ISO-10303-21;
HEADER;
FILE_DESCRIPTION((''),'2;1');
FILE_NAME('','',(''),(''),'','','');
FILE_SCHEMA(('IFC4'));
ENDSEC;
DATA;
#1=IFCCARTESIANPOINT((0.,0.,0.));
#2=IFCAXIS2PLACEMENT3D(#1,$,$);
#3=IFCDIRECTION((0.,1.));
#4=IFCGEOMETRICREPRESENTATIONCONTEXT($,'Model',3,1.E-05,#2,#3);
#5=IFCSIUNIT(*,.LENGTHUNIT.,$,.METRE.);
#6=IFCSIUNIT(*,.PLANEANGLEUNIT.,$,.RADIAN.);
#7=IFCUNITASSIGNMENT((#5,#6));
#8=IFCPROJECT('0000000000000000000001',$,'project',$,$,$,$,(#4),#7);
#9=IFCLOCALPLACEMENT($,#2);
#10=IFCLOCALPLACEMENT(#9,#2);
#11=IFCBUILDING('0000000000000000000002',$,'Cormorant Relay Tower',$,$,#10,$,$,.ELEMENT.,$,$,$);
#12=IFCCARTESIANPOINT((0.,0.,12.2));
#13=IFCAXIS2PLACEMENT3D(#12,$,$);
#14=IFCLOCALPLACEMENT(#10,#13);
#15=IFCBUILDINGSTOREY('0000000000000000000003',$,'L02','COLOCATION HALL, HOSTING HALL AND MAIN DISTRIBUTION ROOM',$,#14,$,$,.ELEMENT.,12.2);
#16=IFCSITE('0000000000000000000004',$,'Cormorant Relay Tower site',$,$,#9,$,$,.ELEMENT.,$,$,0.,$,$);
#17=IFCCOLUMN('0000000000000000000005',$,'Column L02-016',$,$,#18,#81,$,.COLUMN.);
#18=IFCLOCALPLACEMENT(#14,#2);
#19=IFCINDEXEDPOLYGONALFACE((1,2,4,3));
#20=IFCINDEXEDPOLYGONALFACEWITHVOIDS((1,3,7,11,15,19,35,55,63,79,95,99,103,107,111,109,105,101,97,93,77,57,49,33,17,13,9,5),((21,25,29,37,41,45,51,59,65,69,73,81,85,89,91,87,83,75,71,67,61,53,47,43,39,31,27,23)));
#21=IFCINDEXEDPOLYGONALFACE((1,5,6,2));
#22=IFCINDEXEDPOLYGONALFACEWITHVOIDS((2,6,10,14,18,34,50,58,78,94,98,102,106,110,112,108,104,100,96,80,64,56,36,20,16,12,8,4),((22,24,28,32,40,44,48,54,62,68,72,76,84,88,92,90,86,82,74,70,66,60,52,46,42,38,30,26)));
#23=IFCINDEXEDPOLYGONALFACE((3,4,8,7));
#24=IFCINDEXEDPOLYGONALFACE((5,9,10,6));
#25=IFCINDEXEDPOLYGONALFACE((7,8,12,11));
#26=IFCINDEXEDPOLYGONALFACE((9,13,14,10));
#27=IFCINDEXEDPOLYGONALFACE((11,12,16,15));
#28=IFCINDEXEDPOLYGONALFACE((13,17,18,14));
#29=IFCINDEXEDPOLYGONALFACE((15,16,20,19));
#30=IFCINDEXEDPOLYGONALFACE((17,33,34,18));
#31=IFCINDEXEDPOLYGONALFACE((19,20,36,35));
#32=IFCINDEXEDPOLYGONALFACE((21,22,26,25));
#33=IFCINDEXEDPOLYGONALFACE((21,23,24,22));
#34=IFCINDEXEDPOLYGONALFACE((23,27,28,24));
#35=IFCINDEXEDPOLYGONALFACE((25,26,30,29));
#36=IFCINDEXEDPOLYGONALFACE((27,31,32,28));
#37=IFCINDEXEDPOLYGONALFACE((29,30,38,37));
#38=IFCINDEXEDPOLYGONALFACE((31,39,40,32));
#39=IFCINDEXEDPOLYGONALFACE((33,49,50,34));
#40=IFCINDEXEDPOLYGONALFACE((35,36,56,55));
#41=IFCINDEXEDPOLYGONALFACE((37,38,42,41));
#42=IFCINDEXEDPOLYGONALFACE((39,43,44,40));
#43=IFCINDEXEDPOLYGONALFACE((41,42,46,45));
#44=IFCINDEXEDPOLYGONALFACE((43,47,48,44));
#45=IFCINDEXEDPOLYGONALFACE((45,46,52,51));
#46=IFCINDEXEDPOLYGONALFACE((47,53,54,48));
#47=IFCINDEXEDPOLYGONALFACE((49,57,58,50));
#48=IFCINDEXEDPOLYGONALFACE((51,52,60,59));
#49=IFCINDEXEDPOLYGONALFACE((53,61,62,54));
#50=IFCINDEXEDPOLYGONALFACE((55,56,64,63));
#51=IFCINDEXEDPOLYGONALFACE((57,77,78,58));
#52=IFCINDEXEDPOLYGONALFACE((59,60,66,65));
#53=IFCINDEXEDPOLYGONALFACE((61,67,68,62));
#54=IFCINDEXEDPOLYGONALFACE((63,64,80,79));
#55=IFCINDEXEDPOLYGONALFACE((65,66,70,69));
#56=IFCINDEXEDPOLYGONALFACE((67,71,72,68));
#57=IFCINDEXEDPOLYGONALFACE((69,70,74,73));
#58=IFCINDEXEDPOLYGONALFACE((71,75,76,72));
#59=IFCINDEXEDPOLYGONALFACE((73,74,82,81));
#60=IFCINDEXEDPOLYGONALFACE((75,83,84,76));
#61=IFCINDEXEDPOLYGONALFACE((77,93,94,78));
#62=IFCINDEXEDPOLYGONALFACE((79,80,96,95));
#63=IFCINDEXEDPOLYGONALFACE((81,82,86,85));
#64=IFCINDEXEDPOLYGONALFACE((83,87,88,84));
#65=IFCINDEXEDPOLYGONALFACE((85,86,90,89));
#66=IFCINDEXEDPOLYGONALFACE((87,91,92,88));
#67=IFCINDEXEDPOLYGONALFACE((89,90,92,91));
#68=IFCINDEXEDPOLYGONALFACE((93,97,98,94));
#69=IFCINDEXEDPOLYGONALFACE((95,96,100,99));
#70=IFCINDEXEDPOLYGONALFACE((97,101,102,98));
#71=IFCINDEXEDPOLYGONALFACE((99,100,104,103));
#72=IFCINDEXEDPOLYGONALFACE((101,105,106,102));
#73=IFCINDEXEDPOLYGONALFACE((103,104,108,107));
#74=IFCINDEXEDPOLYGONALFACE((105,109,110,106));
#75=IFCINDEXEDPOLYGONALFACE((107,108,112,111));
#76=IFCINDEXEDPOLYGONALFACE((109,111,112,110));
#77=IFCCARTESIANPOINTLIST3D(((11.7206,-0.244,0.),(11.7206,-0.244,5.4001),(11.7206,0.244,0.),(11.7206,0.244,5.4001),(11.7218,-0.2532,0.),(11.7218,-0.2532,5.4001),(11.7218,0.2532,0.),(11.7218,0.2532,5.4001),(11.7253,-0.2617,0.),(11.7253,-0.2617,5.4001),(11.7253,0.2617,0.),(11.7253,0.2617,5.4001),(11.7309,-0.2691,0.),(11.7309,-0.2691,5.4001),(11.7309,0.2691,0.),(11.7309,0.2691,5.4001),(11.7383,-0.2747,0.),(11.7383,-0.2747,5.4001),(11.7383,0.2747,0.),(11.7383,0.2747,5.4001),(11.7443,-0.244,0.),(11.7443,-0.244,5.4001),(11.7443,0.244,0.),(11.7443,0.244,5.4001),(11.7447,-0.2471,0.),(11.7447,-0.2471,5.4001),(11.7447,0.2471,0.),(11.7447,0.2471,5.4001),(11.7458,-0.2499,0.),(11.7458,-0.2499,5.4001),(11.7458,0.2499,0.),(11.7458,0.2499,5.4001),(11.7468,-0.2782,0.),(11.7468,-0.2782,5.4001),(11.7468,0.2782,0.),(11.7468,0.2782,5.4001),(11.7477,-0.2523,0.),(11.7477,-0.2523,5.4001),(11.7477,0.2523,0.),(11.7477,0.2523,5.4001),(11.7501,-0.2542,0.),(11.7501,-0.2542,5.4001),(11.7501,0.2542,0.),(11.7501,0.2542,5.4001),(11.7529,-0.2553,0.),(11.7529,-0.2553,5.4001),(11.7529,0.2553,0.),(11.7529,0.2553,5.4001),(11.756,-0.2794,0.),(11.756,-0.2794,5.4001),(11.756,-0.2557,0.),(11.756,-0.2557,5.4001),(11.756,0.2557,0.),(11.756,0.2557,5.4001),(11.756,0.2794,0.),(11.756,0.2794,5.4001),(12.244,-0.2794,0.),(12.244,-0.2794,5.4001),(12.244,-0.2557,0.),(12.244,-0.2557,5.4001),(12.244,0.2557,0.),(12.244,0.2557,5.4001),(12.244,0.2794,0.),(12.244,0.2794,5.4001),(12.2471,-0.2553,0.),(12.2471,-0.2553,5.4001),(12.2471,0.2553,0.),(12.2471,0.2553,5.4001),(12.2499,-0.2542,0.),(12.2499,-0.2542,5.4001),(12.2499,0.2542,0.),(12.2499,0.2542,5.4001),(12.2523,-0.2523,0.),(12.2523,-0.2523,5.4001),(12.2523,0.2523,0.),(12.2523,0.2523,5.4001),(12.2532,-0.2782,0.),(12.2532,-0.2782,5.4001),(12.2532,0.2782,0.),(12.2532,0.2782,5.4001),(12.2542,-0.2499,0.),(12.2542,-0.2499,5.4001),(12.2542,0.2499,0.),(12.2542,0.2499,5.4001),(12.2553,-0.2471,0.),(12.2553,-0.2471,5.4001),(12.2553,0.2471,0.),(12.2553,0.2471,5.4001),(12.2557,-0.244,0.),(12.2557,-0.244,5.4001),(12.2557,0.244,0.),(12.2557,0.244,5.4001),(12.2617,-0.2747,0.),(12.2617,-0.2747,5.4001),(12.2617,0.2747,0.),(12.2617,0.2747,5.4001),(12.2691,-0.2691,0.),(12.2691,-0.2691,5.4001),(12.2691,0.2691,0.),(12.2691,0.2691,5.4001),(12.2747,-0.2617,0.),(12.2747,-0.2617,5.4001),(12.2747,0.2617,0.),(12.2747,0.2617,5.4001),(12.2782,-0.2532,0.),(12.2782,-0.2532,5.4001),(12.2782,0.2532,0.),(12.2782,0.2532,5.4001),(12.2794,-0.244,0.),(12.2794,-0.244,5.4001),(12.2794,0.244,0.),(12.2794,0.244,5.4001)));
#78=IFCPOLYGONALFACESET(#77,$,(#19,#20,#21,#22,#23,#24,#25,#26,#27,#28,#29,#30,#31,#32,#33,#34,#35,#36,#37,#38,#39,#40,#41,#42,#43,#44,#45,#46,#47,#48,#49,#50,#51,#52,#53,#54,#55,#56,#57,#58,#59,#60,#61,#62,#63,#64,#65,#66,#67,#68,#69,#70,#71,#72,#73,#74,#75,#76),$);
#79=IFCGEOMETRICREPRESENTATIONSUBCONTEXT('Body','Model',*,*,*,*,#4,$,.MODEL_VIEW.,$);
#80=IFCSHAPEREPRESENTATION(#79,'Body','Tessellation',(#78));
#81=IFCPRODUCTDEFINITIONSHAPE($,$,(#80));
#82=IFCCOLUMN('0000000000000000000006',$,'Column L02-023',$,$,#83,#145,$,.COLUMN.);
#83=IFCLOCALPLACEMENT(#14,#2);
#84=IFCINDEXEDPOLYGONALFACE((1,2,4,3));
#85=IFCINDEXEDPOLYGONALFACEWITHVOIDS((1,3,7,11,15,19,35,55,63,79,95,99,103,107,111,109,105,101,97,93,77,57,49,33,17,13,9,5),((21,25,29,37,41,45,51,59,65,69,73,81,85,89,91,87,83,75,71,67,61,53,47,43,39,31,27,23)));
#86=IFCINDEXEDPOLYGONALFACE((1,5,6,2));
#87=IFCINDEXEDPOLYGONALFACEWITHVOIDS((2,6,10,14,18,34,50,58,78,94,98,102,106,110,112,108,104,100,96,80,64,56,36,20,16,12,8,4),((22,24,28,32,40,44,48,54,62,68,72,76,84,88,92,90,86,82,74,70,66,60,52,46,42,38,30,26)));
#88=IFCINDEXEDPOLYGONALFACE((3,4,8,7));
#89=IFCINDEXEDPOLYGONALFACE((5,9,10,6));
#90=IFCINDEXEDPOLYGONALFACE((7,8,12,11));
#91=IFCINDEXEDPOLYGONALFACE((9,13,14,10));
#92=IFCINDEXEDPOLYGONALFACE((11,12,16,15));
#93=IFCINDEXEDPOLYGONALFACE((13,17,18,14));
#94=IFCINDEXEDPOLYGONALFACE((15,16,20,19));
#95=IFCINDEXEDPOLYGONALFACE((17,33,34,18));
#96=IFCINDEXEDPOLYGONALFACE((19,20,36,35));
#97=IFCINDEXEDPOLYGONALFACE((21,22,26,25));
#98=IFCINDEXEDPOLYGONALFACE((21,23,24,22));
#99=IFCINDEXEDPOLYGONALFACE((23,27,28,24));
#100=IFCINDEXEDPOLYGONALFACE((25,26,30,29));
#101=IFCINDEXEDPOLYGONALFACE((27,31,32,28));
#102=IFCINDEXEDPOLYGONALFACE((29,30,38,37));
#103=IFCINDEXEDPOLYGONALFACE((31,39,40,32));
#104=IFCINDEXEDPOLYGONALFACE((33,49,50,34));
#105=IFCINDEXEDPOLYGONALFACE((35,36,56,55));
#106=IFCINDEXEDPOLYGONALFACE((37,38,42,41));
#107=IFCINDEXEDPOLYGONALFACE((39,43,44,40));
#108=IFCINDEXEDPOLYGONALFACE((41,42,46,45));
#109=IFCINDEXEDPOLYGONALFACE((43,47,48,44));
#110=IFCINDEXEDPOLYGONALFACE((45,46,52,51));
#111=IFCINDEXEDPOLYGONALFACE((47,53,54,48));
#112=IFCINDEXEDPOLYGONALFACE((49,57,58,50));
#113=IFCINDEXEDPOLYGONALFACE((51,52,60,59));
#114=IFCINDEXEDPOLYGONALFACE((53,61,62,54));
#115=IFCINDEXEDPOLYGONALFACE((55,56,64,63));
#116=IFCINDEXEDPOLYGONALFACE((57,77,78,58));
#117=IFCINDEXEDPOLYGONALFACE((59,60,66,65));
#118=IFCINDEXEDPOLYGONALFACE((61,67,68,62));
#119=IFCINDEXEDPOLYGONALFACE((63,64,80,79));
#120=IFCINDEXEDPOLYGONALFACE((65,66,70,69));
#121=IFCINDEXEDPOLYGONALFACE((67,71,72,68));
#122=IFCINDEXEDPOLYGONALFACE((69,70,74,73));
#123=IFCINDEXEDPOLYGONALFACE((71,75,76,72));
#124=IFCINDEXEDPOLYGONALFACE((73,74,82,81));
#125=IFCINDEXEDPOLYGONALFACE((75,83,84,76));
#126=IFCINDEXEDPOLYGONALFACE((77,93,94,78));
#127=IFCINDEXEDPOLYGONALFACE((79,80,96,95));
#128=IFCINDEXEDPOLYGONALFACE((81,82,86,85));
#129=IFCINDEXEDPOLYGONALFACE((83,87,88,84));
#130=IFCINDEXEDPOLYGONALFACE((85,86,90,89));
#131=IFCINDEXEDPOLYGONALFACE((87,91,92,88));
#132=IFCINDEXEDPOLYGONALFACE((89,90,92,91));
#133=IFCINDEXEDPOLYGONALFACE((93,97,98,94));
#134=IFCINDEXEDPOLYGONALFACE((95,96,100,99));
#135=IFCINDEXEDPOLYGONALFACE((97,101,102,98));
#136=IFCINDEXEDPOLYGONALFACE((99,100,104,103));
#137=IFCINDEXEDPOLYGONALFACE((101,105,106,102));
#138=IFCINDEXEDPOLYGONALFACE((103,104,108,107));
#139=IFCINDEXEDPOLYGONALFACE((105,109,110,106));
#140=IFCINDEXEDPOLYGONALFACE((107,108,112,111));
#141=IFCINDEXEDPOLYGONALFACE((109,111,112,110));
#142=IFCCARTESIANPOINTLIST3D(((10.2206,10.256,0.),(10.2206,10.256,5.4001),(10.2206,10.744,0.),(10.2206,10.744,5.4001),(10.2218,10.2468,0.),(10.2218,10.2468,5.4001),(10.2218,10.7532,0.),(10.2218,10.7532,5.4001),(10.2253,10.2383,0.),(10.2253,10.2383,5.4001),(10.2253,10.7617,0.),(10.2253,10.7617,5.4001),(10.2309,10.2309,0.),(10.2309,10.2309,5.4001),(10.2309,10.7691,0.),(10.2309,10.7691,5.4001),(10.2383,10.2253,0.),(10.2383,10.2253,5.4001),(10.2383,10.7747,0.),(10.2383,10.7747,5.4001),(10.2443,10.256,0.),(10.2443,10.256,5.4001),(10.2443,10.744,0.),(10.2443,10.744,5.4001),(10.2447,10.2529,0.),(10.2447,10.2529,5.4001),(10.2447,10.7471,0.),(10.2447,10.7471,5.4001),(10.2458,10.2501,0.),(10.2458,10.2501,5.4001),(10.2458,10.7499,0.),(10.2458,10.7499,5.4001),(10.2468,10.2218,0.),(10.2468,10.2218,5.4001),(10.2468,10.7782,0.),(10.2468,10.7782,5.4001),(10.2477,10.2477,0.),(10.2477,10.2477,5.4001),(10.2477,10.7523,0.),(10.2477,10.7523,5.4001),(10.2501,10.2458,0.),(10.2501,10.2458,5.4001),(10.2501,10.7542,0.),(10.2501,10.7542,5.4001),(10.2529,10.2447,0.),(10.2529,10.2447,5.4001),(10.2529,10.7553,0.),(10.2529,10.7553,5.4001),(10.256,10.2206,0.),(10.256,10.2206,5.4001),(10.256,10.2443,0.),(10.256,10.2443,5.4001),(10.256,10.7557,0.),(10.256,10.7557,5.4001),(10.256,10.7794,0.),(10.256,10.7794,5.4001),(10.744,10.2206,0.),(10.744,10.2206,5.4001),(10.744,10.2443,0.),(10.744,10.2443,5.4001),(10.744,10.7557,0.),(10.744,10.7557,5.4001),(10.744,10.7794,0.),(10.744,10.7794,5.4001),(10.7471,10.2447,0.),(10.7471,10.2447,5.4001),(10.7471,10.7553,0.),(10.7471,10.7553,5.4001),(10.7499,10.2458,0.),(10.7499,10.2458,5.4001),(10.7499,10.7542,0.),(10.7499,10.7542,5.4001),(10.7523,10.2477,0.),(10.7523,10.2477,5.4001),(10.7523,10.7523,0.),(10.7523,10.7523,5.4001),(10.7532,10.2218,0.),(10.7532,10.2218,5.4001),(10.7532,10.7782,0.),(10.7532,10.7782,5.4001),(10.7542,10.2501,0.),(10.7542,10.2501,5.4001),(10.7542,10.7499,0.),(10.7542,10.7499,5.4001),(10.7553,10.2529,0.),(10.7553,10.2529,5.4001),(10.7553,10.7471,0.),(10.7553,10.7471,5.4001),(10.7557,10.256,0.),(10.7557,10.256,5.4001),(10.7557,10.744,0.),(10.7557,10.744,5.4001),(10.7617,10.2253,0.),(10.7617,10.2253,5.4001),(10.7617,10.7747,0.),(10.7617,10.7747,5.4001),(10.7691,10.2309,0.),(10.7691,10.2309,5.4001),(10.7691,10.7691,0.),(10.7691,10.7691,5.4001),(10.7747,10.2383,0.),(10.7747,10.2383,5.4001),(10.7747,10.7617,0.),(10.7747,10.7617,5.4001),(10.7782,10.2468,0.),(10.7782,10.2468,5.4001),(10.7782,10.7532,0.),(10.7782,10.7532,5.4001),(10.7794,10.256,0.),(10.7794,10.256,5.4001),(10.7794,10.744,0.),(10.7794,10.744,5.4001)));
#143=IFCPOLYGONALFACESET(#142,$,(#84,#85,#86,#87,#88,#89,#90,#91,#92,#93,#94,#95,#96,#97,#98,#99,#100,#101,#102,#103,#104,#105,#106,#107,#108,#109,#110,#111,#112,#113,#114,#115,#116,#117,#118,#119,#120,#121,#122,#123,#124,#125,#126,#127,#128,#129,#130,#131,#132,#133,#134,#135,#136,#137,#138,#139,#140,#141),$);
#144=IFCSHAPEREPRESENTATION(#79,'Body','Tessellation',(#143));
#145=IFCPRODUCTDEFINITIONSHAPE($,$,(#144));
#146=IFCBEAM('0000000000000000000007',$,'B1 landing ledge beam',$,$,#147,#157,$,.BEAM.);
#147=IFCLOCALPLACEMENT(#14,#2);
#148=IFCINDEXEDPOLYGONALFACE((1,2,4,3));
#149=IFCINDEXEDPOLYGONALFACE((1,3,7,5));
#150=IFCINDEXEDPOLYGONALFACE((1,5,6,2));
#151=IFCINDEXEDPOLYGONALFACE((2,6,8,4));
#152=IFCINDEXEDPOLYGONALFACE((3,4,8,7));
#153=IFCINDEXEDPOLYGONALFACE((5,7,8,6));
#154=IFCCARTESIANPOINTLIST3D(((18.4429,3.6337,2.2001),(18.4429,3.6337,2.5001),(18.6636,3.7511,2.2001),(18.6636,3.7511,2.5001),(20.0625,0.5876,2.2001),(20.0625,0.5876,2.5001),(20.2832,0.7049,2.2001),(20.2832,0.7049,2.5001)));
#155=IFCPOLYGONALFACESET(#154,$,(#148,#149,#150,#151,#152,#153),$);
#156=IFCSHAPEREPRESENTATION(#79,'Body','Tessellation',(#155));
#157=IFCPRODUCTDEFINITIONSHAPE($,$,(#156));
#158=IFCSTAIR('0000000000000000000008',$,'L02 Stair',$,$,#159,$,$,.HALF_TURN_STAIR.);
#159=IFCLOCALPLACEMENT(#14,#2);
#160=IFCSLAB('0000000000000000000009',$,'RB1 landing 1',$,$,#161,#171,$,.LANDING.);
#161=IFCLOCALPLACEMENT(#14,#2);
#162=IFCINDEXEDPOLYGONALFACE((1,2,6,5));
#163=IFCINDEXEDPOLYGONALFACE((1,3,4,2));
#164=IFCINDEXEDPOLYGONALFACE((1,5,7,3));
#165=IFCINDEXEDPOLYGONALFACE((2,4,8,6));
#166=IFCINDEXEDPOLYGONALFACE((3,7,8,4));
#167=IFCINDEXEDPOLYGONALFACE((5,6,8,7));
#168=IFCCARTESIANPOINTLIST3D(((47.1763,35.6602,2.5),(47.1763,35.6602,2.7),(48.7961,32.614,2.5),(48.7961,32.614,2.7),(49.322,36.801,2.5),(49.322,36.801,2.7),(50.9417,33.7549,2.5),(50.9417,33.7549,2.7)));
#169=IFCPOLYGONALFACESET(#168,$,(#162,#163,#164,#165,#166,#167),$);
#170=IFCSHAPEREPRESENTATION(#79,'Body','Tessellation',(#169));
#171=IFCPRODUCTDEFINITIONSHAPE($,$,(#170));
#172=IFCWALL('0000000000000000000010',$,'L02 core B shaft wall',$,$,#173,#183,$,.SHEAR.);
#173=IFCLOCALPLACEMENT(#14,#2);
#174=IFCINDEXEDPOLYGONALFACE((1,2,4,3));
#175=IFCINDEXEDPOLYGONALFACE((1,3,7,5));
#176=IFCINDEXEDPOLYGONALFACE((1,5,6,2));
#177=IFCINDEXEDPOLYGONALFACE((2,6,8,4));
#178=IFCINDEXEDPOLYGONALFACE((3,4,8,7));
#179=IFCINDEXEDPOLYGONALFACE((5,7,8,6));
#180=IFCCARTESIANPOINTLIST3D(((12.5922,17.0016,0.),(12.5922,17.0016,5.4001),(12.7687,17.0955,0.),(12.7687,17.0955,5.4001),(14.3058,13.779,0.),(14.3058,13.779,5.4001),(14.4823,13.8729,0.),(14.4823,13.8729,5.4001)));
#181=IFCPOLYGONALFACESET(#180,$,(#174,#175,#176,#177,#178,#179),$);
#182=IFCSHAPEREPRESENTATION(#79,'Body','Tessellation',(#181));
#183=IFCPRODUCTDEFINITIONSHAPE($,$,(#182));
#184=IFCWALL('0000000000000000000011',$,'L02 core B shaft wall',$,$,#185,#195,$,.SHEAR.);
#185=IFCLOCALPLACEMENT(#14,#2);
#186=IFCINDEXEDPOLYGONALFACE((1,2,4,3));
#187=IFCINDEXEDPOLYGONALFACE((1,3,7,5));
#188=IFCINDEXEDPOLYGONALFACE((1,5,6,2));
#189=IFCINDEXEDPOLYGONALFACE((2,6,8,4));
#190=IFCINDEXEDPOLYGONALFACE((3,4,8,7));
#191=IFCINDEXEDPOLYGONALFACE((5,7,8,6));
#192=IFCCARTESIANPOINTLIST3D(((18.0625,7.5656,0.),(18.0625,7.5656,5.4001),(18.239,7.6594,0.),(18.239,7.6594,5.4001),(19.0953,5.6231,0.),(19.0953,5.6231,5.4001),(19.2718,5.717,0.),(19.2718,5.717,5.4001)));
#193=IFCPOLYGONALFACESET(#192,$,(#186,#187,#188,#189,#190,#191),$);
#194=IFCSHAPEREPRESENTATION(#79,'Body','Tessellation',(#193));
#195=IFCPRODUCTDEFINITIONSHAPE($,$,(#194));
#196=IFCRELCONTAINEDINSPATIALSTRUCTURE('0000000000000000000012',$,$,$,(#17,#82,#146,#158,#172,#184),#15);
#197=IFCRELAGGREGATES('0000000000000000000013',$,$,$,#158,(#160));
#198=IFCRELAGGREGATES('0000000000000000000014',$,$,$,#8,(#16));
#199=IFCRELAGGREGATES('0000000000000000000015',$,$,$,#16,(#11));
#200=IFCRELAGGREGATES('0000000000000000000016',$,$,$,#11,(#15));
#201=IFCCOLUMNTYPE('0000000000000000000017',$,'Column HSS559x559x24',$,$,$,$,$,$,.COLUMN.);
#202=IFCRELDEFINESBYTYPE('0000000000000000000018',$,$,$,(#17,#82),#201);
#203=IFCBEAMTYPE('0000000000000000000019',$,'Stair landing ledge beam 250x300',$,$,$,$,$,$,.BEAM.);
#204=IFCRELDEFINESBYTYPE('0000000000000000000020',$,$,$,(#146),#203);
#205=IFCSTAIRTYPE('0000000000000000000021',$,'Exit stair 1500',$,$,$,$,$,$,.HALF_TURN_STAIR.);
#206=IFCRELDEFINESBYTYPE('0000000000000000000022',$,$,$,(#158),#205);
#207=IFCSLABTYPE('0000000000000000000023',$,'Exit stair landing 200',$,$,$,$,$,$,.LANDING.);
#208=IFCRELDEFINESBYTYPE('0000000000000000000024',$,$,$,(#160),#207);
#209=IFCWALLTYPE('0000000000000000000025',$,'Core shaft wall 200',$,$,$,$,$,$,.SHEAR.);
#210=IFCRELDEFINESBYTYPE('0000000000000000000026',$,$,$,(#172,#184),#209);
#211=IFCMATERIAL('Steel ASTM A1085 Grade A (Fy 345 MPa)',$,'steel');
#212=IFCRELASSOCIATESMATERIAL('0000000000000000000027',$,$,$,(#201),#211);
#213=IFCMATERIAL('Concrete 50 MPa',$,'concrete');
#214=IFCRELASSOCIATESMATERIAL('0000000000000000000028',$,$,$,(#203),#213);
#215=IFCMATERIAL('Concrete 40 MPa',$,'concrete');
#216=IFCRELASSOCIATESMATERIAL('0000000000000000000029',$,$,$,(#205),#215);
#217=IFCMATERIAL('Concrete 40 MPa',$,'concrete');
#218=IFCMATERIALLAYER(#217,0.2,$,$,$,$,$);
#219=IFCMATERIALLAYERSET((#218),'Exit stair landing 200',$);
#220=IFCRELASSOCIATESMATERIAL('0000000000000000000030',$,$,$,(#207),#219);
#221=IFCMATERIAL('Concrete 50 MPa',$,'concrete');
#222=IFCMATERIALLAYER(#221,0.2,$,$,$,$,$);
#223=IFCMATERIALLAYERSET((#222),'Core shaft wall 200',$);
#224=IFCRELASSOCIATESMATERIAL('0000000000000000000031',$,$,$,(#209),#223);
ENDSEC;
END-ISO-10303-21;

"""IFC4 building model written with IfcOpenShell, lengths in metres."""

from ifc_helpers import new_model, si_unit, direction, frame, frame_2d, origin, origin_2d, place, context, subcontext, project, spatial, polyline, rectangle, hollow_rectangle, outline, extrude, material, layer, layer_set, material_profile, profile_set, type_object, element, aggregate, save


model = new_model("IFC4")

# Units and contexts
model_context = context("Model", 3, precision=1e-05, world=origin(), true_north=direction((0.0, 1.0)))
body_context = subcontext(model_context, "Body", "Model", "MODEL_VIEW")
ifc_project = project(units=[si_unit("LENGTHUNIT", "METRE"), si_unit("PLANEANGLEUNIT", "RADIAN")], contexts=[model_context])

# Site, building, storey
site_placement = place(None, origin())
site = spatial("IfcSite", under=ifc_project, at=site_placement, Name="Cormorant Relay Tower site", CompositionType="ELEMENT", RefElevation=0.0)
building_placement = place(site_placement, origin())
building = spatial("IfcBuilding", under=site, at=building_placement, Name="Cormorant Relay Tower", CompositionType="ELEMENT")
storey_placement = place(building_placement, frame((0.0, 0.0, 12.2)))
storey = spatial("IfcBuildingStorey", under=building, at=storey_placement, Name="L02", Description="COLOCATION HALL, HOSTING HALL AND MAIN DISTRIBUTION ROOM", CompositionType="ELEMENT", Elevation=12.2)

# Columns
ifc_material_1 = material(Name="Steel ASTM A1085 Grade A (Fy 345 MPa)", Category="steel")
ifc_material_profile_1 = material_profile(ifc_material_1, hollow_rectangle(XDim=0.5588, YDim=0.5588, WallThickness=0.0237, InnerFilletRadius=0.0117, OuterFilletRadius=0.0354, at=origin_2d()), Name="HSS559x559x24")
ifc_profile_set_1 = profile_set([ifc_material_profile_1], Name="Steel ASTM A1085 Grade A (Fy 345 MPa)")
column_type = type_object("IfcColumnType", Name="Column HSS559x559x24", PredefinedType="COLUMN", material=ifc_profile_set_1)
for number, where, z_axis, x_axis, name in (
    (1, (12.0, 0.0, 0.0), (0.0, 0.0, 1.0), (1.0, 0.0, 0.0), "Column L02-016"),
    (2, (10.5, 10.5, 0.0), (0.0, 0.0, 1.0), (1.0, 0.0, 0.0), "Column L02-023"),
):
    element("IfcColumn", number, at=place(storey_placement, frame(where, z_axis=z_axis, x_axis=x_axis)), inside=storey, type_object=column_type, Name=name, PredefinedType="COLUMN", context=body_context, shape_type="SweptSolid", body=[
        extrude(hollow_rectangle(XDim=0.5588, YDim=0.5588, WallThickness=0.0237, InnerFilletRadius=0.0117, OuterFilletRadius=0.0354, at=origin_2d()), origin(), (0.0, 0.0, 1.0), 5.4001),
    ])

# Beam
ifc_material_2 = material(Name="Concrete 50 MPa", Category="concrete")
ifc_material_profile_2 = material_profile(ifc_material_2, rectangle(XDim=0.25, YDim=0.3, at=origin_2d()), Name="RC 250x300")
ifc_profile_set_2 = profile_set([ifc_material_profile_2], Name="Concrete 50 MPa")
beam_type = type_object("IfcBeamType", Name="Stair landing ledge beam 250x300", PredefinedType="BEAM", material=ifc_profile_set_2)
beam_placement = place(storey_placement, frame((18.5532, 3.6924, 2.3501), z_axis=(0.469464, -0.882952, 0.0), x_axis=(0.882952, 0.469464, 0.0)))
element("IfcBeam", 3, at=beam_placement, inside=storey, type_object=beam_type, Name="B1 landing ledge beam", PredefinedType="BEAM", context=body_context, shape_type="SweptSolid", body=[
    extrude(rectangle(XDim=0.25, YDim=0.3, at=origin_2d()), origin(), (0.0, 0.0, 1.0), 3.45),
])

# Stair, slab
ifc_material_3 = material(Name="Concrete 40 MPa", Category="concrete")
stair_type = type_object("IfcStairType", Name="Exit stair 1500", PredefinedType="HALF_TURN_STAIR", material=ifc_material_3)
stair_placement = place(storey_placement, origin())
stair = element("IfcStair", 4, at=stair_placement, inside=storey, type_object=stair_type, Name="L02 Stair", PredefinedType="HALF_TURN_STAIR")
ifc_material_4 = material(Name="Concrete 40 MPa", Category="concrete")
ifc_layer_1 = layer(ifc_material_4, 0.2)
ifc_layer_set_1 = layer_set([ifc_layer_1], Name="Exit stair landing 200")
slab_type = type_object("IfcSlabType", Name="Exit stair landing 200", PredefinedType="LANDING", material=ifc_layer_set_1)
slab_placement = place(storey_placement, frame((0.0, 0.0, 2.5)))
slab = element("IfcSlab", 5, at=slab_placement, type_object=slab_type, Name="RB1 landing 1", PredefinedType="LANDING", context=body_context, shape_type="SweptSolid", body=[
    extrude(outline(polyline([(48.7961, 32.614), (50.9417, 33.7549), (49.322, 36.801), (47.1763, 35.6602), (48.7961, 32.614)])), origin(), (0.0, 0.0, 1.0), 0.2),
])
aggregate(stair, [slab])

# Walls
ifc_material_5 = material(Name="Concrete 50 MPa", Category="concrete")
ifc_layer_2 = layer(ifc_material_5, 0.2)
ifc_layer_set_2 = layer_set([ifc_layer_2], Name="Core shaft wall 200")
wall_type_1 = type_object("IfcWallType", Name="Core shaft wall 200", PredefinedType="SHEAR", material=ifc_layer_set_2)
wall_1_placement = place(storey_placement, frame((14.394, 13.8259, 0.0), z_axis=(0.0, 0.0, 1.0), x_axis=(-0.469494, 0.882936, 0.0)))
element("IfcWall", 6, at=wall_1_placement, inside=storey, type_object=wall_type_1, Name="L02 core B shaft wall", PredefinedType="SHEAR", context=body_context, shape_type="SweptSolid", body=[
    extrude(rectangle(XDim=3.6499, YDim=0.2, at=frame_2d((1.825, 0.0))), origin(), (0.0, 0.0, 1.0), 5.4001),
])
wall_2_placement = place(storey_placement, frame((19.1836, 5.6699, 0.0), z_axis=(0.0, 0.0, 1.0), x_axis=(-0.469447, 0.88296, 0.0)))
element("IfcWall", 7, at=wall_2_placement, inside=storey, type_object=wall_type_1, Name="L02 core B shaft wall", PredefinedType="SHEAR", context=body_context, shape_type="SweptSolid", body=[
    extrude(rectangle(XDim=2.2, YDim=0.2, at=frame_2d((1.1001, 0.0))), origin(), (0.0, 0.0, 1.0), 5.4001),
])

save(model, "model.ifc")
